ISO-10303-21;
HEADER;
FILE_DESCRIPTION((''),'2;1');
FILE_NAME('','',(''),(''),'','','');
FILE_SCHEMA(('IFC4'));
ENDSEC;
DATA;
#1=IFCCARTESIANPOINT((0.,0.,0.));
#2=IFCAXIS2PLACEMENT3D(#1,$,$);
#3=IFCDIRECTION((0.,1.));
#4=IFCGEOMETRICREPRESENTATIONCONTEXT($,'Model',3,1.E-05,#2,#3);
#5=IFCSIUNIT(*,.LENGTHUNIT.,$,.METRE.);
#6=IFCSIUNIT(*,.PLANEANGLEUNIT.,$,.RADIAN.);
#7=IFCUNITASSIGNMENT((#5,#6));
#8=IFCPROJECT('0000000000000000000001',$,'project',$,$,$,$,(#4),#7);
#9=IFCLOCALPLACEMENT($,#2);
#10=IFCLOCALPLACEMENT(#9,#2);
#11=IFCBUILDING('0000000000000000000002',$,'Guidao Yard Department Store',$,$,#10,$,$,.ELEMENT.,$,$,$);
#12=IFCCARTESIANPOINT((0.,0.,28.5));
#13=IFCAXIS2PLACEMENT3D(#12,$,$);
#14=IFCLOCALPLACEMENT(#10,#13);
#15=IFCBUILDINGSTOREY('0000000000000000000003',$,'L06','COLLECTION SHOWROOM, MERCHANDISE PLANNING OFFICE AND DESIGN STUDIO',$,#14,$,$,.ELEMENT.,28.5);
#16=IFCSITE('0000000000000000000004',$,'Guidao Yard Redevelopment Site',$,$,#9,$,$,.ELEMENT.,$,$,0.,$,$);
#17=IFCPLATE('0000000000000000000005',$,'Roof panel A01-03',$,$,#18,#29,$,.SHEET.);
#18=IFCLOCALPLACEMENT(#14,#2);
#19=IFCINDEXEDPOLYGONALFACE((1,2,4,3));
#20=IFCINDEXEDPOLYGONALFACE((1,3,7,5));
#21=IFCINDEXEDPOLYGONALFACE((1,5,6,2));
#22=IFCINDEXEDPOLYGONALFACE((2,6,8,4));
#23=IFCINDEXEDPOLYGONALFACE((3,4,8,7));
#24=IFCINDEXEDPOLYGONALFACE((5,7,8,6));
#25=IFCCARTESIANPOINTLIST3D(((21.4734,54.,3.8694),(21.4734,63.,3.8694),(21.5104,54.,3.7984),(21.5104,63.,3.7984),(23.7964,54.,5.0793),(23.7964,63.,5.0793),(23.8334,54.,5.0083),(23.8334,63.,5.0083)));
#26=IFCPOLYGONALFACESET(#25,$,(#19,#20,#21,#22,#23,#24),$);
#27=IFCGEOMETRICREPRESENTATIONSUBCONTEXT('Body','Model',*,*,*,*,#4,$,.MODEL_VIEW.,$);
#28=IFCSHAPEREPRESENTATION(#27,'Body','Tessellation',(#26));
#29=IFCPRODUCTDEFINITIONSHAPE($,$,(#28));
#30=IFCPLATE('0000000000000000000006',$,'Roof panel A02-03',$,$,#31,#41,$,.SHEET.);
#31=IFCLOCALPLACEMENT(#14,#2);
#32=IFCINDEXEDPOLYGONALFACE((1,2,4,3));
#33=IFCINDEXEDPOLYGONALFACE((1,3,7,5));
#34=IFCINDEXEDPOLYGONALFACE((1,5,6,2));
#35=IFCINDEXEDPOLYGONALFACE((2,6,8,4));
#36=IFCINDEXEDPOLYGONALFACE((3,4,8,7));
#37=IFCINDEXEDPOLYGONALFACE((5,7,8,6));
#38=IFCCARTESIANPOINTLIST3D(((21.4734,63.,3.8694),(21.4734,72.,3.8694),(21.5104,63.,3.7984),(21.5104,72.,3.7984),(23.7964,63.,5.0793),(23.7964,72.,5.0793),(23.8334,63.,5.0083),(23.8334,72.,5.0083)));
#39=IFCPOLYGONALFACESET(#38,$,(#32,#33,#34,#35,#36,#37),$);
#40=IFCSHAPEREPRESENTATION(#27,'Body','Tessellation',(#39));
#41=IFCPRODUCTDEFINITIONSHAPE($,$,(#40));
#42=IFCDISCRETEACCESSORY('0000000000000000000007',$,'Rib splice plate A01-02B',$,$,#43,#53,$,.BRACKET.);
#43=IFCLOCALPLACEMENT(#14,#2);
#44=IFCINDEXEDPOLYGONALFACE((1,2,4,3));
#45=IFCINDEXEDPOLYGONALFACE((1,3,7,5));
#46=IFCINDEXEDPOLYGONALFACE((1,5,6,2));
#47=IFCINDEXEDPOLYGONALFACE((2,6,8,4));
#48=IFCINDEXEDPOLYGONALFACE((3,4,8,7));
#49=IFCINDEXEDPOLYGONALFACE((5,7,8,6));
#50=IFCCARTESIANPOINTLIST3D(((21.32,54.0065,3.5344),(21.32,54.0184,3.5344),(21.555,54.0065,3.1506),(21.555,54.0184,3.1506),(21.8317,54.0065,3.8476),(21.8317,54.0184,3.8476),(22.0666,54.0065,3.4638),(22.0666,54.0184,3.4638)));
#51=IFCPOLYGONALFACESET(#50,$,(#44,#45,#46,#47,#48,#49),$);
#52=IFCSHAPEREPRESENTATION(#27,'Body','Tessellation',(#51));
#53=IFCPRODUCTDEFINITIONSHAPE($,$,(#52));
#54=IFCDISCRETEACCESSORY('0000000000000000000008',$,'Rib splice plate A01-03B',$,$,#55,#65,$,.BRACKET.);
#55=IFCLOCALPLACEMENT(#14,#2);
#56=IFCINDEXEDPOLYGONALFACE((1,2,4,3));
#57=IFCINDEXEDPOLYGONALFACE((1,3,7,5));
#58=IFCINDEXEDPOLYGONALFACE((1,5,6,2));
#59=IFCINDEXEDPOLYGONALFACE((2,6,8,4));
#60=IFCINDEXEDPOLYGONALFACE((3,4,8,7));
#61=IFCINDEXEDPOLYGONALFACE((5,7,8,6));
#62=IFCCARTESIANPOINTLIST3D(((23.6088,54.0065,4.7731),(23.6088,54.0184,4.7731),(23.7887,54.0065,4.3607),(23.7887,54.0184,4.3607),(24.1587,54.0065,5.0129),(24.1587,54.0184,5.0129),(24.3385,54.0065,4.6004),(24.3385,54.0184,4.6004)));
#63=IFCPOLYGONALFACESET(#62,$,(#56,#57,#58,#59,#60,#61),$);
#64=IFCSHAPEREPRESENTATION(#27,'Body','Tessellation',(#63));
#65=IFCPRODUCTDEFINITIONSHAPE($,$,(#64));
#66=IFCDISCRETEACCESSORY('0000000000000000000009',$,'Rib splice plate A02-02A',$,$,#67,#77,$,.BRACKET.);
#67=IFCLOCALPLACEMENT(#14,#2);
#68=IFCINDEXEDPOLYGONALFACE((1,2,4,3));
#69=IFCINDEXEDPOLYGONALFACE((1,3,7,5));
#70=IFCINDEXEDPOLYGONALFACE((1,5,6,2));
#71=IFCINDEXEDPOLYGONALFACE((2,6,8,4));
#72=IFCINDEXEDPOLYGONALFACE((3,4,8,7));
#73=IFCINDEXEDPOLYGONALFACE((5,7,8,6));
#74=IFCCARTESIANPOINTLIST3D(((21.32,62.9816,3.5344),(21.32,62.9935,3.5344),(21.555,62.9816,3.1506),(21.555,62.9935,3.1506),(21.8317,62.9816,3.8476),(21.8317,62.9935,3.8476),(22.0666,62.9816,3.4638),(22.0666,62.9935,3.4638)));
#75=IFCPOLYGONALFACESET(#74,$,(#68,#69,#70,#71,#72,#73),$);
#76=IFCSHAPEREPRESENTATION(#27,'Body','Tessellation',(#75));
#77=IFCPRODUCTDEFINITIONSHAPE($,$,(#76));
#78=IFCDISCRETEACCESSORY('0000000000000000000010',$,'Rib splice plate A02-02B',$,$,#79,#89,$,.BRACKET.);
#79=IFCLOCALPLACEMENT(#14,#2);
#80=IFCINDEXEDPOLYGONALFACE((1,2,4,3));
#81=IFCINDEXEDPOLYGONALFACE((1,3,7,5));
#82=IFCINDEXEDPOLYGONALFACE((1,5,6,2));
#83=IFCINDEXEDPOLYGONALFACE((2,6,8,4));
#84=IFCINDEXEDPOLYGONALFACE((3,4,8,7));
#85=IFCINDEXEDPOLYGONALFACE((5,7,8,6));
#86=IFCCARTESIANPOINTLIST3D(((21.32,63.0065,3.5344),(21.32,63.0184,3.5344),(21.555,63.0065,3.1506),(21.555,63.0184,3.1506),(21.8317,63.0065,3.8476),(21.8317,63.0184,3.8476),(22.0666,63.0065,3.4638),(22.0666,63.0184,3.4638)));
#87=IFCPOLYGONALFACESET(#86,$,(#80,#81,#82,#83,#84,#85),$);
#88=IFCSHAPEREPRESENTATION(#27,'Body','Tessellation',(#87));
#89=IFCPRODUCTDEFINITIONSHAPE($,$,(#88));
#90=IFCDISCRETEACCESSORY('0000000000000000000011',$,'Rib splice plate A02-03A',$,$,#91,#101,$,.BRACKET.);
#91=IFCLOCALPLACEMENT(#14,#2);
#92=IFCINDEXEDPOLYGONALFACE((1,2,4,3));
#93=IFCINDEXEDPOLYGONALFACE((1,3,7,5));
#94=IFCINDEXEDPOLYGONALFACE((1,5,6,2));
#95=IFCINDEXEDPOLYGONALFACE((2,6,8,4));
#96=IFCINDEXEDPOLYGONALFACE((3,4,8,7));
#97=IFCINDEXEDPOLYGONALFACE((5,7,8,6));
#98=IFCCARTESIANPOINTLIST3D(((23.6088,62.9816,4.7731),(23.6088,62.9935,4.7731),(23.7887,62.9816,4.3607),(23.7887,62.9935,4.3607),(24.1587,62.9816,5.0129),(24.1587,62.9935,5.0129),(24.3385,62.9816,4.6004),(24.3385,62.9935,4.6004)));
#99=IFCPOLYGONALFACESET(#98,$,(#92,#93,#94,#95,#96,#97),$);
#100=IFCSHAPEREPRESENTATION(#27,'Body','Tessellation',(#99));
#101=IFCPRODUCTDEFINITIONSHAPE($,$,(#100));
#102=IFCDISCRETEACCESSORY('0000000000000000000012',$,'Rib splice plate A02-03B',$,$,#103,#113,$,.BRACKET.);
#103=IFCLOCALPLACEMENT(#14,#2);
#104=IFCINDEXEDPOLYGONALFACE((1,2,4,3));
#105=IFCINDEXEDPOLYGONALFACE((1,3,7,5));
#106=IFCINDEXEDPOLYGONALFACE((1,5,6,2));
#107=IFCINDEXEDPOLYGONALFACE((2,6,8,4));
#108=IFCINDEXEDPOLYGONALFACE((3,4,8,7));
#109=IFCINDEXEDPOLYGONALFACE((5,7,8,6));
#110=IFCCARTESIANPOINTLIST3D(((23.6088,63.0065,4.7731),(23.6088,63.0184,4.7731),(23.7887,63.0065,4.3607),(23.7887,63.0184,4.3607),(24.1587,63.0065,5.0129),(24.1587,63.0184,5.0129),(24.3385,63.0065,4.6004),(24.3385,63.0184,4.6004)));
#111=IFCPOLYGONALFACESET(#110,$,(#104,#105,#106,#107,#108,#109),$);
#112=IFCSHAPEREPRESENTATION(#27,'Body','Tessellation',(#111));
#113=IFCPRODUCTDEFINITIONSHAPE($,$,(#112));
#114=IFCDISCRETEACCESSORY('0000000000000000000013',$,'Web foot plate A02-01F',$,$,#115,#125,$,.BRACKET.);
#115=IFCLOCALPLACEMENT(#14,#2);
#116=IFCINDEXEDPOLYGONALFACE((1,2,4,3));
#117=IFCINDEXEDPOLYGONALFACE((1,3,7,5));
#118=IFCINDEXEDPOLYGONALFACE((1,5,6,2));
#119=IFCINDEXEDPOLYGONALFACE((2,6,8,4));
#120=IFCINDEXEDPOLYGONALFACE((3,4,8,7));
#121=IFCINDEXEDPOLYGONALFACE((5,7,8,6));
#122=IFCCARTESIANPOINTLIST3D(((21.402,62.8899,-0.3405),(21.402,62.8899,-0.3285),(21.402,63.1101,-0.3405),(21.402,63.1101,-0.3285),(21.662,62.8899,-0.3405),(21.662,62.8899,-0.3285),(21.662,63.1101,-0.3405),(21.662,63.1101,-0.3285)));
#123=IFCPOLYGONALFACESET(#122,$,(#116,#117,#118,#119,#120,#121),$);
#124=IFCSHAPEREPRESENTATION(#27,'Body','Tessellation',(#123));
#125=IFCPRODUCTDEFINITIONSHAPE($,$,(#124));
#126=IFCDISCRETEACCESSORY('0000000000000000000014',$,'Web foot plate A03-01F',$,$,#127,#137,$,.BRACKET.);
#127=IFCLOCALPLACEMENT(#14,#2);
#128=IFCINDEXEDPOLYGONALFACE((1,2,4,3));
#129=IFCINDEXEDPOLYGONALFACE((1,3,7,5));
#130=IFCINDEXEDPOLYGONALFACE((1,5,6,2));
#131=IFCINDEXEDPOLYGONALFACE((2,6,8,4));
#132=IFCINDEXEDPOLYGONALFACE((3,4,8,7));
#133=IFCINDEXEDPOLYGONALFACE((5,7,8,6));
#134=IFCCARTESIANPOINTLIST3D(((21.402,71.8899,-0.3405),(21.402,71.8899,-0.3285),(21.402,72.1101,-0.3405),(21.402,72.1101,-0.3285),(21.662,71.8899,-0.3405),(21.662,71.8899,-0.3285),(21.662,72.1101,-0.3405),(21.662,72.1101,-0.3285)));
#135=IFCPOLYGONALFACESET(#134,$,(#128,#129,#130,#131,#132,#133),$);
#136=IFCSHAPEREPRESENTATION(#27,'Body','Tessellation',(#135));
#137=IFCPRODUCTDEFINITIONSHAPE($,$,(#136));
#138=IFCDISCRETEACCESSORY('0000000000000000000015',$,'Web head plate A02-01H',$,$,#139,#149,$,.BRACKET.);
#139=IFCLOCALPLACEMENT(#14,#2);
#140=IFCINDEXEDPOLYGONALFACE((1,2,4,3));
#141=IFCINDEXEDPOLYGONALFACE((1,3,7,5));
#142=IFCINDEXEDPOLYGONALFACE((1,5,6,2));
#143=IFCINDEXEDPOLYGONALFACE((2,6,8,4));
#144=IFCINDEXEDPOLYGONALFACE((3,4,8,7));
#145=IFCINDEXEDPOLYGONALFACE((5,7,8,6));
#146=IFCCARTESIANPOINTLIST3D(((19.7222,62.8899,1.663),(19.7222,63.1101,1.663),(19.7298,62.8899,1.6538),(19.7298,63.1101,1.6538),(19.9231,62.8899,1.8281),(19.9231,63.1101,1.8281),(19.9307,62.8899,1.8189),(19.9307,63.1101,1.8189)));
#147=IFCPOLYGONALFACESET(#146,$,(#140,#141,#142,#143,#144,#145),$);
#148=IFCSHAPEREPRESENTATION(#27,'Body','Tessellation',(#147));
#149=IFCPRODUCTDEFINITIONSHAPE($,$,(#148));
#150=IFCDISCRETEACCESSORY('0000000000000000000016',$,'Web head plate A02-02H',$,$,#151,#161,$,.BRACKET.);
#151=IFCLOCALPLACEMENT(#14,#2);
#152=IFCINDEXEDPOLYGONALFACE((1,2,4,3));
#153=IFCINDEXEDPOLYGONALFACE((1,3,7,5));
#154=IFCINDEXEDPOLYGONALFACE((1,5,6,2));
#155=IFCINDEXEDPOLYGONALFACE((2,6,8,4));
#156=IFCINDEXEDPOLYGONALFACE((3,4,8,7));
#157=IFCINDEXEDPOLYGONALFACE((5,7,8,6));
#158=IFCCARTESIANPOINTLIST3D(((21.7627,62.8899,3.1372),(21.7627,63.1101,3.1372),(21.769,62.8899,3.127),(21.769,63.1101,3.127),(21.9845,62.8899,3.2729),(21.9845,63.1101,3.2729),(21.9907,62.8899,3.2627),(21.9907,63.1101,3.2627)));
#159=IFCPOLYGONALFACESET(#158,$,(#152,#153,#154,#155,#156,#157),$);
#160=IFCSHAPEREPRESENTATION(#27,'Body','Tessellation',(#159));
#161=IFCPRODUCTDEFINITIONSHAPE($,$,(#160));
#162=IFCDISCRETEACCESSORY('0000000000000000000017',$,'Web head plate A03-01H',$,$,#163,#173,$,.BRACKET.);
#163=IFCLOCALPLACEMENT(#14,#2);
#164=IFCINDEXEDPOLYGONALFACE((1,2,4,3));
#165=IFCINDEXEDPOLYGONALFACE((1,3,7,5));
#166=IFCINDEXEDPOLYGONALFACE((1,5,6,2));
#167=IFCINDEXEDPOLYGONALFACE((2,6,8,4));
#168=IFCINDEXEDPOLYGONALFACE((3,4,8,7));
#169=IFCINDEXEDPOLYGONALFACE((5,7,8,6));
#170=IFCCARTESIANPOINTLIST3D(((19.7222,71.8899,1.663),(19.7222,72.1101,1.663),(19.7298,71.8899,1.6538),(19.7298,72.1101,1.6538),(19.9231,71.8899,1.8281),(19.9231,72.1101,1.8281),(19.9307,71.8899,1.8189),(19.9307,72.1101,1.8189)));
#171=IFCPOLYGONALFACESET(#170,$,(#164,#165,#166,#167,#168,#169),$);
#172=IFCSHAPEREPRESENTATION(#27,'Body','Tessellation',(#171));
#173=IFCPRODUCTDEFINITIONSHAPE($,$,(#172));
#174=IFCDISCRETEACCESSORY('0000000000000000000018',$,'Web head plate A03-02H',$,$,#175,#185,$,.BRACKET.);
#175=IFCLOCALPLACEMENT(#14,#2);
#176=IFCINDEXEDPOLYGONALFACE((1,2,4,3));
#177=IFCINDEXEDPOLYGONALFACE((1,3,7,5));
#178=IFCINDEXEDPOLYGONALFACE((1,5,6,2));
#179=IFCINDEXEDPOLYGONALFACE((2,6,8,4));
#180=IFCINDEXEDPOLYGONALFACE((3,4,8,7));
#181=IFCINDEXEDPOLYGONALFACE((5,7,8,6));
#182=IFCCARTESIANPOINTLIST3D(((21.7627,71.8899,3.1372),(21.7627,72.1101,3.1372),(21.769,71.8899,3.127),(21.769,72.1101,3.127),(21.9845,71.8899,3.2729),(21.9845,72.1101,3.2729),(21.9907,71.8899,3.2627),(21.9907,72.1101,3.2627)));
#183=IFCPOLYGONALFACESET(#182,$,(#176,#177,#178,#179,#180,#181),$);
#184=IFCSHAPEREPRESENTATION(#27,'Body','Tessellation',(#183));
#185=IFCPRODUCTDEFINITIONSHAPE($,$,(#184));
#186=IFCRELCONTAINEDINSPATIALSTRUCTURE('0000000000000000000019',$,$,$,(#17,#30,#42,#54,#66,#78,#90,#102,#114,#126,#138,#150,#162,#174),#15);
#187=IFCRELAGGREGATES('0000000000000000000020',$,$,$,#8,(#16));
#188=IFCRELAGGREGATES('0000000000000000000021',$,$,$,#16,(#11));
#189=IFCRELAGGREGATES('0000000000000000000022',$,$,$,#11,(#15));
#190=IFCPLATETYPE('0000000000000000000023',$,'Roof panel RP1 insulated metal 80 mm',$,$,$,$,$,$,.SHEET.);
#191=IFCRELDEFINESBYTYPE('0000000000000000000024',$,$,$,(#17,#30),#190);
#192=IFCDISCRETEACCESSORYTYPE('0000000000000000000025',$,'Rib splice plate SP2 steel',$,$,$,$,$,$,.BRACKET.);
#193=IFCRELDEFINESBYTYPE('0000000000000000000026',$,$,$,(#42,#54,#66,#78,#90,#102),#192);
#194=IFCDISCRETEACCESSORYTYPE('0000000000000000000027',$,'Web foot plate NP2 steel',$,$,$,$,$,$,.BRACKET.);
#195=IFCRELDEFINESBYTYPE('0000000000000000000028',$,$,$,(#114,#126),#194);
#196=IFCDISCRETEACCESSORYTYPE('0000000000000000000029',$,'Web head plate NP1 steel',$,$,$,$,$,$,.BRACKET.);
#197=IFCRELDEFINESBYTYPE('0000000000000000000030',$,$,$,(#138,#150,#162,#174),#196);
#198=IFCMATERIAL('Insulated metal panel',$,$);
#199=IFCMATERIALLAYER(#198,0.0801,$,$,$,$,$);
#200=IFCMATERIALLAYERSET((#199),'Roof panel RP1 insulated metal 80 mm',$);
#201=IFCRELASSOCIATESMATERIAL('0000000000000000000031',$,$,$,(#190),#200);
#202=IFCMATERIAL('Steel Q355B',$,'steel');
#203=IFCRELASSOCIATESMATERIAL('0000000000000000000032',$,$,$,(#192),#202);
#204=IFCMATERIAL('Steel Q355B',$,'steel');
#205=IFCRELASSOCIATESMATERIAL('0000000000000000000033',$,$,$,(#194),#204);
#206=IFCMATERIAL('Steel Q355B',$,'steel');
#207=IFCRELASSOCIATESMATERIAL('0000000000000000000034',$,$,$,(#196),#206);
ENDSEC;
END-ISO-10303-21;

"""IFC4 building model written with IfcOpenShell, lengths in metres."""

from ifc_helpers import new_model, si_unit, direction, frame, origin, origin_2d, place, context, subcontext, project, spatial, polyline, rectangle, outline, extrude, material, layer, layer_set, material_profile, profile_set, type_object, element, save


model = new_model("IFC4")

# Units and contexts
model_context = context("Model", 3, precision=1e-05, world=origin(), true_north=direction((0.0, 1.0)))
body_context = subcontext(model_context, "Body", "Model", "MODEL_VIEW")
ifc_project = project(units=[si_unit("LENGTHUNIT", "METRE"), si_unit("PLANEANGLEUNIT", "RADIAN")], contexts=[model_context])

# Site, building, storey
site_placement = place(None, origin())
site = spatial("IfcSite", under=ifc_project, at=site_placement, Name="Guidao Yard Redevelopment Site", CompositionType="ELEMENT", RefElevation=0.0)
building_placement = place(site_placement, origin())
building = spatial("IfcBuilding", under=site, at=building_placement, Name="Guidao Yard Department Store", CompositionType="ELEMENT")
storey_placement = place(building_placement, frame((0.0, 0.0, 28.5)))
storey = spatial("IfcBuildingStorey", under=building, at=storey_placement, Name="L06", Description="COLLECTION SHOWROOM, MERCHANDISE PLANNING OFFICE AND DESIGN STUDIO", CompositionType="ELEMENT", Elevation=28.5)

# Plates
ifc_material_1 = material(Name="Insulated metal panel")
ifc_layer = layer(ifc_material_1, 0.0801)
ifc_layer_set = layer_set([ifc_layer], Name="Roof panel RP1 insulated metal 80 mm")
plate_type = type_object("IfcPlateType", Name="Roof panel RP1 insulated metal 80 mm", PredefinedType="SHEET", material=ifc_layer_set)
for number, where, z_axis, x_axis, name in (
    (1, (21.4734, 54.0, 3.8694), (-0.461954, 0.0, 0.886904), (0.886904, 0.0, 0.461954), "Roof panel A01-03"),
    (2, (21.4734, 63.0, 3.8694), (-0.461954, 0.0, 0.886904), (0.886904, 0.0, 0.461954), "Roof panel A02-03"),
):
    element("IfcPlate", number, at=place(storey_placement, frame(where, z_axis=z_axis, x_axis=x_axis)), inside=storey, type_object=plate_type, Name=name, PredefinedType="SHEET", context=body_context, shape_type="SweptSolid", body=[
        extrude(outline(polyline([(0.0, 0.0), (2.6192, 0.0), (2.6192, 9.0), (0.0, 9.0), (0.0, 0.0)])), origin(), (0.0, 0.0, -1.0), 0.0801),
    ])

# Discrete accessories
ifc_material_2 = material(Name="Steel Q355B", Category="steel")
ifc_material_profile_1 = material_profile(ifc_material_2, rectangle(XDim=0.012, YDim=0.45, at=origin_2d()), Name="Splice plate 450x12")
ifc_profile_set_1 = profile_set([ifc_material_profile_1], Name="Steel Q355B")
discrete_accessory_type_1 = type_object("IfcDiscreteAccessoryType", Name="Rib splice plate SP2 steel", PredefinedType="BRACKET", material=ifc_profile_set_1)
for number, where, z_axis, x_axis, name in (
    (3, (21.4375, 54.0125, 3.3425), (0.852899, 0.0, 0.522075), (0.0, 1.0, 0.0), "Rib splice plate A01-02B"),
    (4, (23.6987, 54.0125, 4.5669), (0.916642, 0.0, 0.399708), (0.0, 1.0, 0.0), "Rib splice plate A01-03B"),
    (5, (21.4375, 62.9875, 3.3425), (0.852899, 0.0, 0.522075), (0.0, 1.0, 0.0), "Rib splice plate A02-02A"),
    (6, (21.4375, 63.0125, 3.3425), (0.852899, 0.0, 0.522075), (0.0, 1.0, 0.0), "Rib splice plate A02-02B"),
    (7, (23.6987, 62.9875, 4.5669), (0.916642, 0.0, 0.399708), (0.0, 1.0, 0.0), "Rib splice plate A02-03A"),
    (8, (23.6987, 63.0125, 4.5669), (0.916642, 0.0, 0.399708), (0.0, 1.0, 0.0), "Rib splice plate A02-03B"),
):
    element("IfcDiscreteAccessory", number, at=place(storey_placement, frame(where, z_axis=z_axis, x_axis=x_axis)), inside=storey, type_object=discrete_accessory_type_1, Name=name, PredefinedType="BRACKET", context=body_context, shape_type="SweptSolid", body=[
        extrude(rectangle(XDim=0.012, YDim=0.45, at=origin_2d()), origin(), (0.0, 0.0, 1.0), 0.5999),
    ])
ifc_material_3 = material(Name="Steel Q355B", Category="steel")
ifc_material_profile_2 = material_profile(ifc_material_3, rectangle(XDim=0.26, YDim=0.012, at=origin_2d()), Name="Node plate 260x12")
ifc_profile_set_2 = profile_set([ifc_material_profile_2], Name="Steel Q355B")
discrete_accessory_type_2 = type_object("IfcDiscreteAccessoryType", Name="Web foot plate NP2 steel", PredefinedType="BRACKET", material=ifc_profile_set_2)
for number, where, z_axis, x_axis, name in (
    (9, (21.532, 62.8899, -0.3345), (0.0, 1.0, 0.0), (-1.0, 0.0, 0.0), "Web foot plate A02-01F"),
    (10, (21.532, 71.8899, -0.3345), (0.0, 1.0, 0.0), (-1.0, 0.0, 0.0), "Web foot plate A03-01F"),
):
    element("IfcDiscreteAccessory", number, at=place(storey_placement, frame(where, z_axis=z_axis, x_axis=x_axis)), inside=storey, type_object=discrete_accessory_type_2, Name=name, PredefinedType="BRACKET", context=body_context, shape_type="SweptSolid", body=[
        extrude(rectangle(XDim=0.26, YDim=0.012, at=origin_2d()), origin(), (0.0, 0.0, 1.0), 0.2202),
    ])
ifc_material_4 = material(Name="Steel Q355B", Category="steel")
ifc_material_profile_3 = material_profile(ifc_material_4, rectangle(XDim=0.26, YDim=0.012, at=origin_2d()), Name="Node plate 260x12")
ifc_profile_set_3 = profile_set([ifc_material_profile_3], Name="Steel Q355B")
discrete_accessory_type_3 = type_object("IfcDiscreteAccessoryType", Name="Web head plate NP1 steel", PredefinedType="BRACKET", material=ifc_profile_set_3)
for number, where, z_axis, x_axis, name in (
    (11, (19.8264, 62.8899, 1.741), (0.0, 1.0, 0.0), (-0.77257, 0.0, -0.63493), "Web head plate A02-01H"),
    (12, (21.8767, 62.8899, 3.2), (0.0, 1.0, 0.0), (-0.852874, 0.0, -0.522116), "Web head plate A02-02H"),
    (13, (19.8264, 71.8899, 1.741), (0.0, 1.0, 0.0), (-0.77257, 0.0, -0.63493), "Web head plate A03-01H"),
    (14, (21.8767, 71.8899, 3.2), (0.0, 1.0, 0.0), (-0.852874, 0.0, -0.522116), "Web head plate A03-02H"),
):
    element("IfcDiscreteAccessory", number, at=place(storey_placement, frame(where, z_axis=z_axis, x_axis=x_axis)), inside=storey, type_object=discrete_accessory_type_3, Name=name, PredefinedType="BRACKET", context=body_context, shape_type="SweptSolid", body=[
        extrude(rectangle(XDim=0.26, YDim=0.012, at=origin_2d()), origin(), (0.0, 0.0, 1.0), 0.2202),
    ])

save(model, "model.ifc")
